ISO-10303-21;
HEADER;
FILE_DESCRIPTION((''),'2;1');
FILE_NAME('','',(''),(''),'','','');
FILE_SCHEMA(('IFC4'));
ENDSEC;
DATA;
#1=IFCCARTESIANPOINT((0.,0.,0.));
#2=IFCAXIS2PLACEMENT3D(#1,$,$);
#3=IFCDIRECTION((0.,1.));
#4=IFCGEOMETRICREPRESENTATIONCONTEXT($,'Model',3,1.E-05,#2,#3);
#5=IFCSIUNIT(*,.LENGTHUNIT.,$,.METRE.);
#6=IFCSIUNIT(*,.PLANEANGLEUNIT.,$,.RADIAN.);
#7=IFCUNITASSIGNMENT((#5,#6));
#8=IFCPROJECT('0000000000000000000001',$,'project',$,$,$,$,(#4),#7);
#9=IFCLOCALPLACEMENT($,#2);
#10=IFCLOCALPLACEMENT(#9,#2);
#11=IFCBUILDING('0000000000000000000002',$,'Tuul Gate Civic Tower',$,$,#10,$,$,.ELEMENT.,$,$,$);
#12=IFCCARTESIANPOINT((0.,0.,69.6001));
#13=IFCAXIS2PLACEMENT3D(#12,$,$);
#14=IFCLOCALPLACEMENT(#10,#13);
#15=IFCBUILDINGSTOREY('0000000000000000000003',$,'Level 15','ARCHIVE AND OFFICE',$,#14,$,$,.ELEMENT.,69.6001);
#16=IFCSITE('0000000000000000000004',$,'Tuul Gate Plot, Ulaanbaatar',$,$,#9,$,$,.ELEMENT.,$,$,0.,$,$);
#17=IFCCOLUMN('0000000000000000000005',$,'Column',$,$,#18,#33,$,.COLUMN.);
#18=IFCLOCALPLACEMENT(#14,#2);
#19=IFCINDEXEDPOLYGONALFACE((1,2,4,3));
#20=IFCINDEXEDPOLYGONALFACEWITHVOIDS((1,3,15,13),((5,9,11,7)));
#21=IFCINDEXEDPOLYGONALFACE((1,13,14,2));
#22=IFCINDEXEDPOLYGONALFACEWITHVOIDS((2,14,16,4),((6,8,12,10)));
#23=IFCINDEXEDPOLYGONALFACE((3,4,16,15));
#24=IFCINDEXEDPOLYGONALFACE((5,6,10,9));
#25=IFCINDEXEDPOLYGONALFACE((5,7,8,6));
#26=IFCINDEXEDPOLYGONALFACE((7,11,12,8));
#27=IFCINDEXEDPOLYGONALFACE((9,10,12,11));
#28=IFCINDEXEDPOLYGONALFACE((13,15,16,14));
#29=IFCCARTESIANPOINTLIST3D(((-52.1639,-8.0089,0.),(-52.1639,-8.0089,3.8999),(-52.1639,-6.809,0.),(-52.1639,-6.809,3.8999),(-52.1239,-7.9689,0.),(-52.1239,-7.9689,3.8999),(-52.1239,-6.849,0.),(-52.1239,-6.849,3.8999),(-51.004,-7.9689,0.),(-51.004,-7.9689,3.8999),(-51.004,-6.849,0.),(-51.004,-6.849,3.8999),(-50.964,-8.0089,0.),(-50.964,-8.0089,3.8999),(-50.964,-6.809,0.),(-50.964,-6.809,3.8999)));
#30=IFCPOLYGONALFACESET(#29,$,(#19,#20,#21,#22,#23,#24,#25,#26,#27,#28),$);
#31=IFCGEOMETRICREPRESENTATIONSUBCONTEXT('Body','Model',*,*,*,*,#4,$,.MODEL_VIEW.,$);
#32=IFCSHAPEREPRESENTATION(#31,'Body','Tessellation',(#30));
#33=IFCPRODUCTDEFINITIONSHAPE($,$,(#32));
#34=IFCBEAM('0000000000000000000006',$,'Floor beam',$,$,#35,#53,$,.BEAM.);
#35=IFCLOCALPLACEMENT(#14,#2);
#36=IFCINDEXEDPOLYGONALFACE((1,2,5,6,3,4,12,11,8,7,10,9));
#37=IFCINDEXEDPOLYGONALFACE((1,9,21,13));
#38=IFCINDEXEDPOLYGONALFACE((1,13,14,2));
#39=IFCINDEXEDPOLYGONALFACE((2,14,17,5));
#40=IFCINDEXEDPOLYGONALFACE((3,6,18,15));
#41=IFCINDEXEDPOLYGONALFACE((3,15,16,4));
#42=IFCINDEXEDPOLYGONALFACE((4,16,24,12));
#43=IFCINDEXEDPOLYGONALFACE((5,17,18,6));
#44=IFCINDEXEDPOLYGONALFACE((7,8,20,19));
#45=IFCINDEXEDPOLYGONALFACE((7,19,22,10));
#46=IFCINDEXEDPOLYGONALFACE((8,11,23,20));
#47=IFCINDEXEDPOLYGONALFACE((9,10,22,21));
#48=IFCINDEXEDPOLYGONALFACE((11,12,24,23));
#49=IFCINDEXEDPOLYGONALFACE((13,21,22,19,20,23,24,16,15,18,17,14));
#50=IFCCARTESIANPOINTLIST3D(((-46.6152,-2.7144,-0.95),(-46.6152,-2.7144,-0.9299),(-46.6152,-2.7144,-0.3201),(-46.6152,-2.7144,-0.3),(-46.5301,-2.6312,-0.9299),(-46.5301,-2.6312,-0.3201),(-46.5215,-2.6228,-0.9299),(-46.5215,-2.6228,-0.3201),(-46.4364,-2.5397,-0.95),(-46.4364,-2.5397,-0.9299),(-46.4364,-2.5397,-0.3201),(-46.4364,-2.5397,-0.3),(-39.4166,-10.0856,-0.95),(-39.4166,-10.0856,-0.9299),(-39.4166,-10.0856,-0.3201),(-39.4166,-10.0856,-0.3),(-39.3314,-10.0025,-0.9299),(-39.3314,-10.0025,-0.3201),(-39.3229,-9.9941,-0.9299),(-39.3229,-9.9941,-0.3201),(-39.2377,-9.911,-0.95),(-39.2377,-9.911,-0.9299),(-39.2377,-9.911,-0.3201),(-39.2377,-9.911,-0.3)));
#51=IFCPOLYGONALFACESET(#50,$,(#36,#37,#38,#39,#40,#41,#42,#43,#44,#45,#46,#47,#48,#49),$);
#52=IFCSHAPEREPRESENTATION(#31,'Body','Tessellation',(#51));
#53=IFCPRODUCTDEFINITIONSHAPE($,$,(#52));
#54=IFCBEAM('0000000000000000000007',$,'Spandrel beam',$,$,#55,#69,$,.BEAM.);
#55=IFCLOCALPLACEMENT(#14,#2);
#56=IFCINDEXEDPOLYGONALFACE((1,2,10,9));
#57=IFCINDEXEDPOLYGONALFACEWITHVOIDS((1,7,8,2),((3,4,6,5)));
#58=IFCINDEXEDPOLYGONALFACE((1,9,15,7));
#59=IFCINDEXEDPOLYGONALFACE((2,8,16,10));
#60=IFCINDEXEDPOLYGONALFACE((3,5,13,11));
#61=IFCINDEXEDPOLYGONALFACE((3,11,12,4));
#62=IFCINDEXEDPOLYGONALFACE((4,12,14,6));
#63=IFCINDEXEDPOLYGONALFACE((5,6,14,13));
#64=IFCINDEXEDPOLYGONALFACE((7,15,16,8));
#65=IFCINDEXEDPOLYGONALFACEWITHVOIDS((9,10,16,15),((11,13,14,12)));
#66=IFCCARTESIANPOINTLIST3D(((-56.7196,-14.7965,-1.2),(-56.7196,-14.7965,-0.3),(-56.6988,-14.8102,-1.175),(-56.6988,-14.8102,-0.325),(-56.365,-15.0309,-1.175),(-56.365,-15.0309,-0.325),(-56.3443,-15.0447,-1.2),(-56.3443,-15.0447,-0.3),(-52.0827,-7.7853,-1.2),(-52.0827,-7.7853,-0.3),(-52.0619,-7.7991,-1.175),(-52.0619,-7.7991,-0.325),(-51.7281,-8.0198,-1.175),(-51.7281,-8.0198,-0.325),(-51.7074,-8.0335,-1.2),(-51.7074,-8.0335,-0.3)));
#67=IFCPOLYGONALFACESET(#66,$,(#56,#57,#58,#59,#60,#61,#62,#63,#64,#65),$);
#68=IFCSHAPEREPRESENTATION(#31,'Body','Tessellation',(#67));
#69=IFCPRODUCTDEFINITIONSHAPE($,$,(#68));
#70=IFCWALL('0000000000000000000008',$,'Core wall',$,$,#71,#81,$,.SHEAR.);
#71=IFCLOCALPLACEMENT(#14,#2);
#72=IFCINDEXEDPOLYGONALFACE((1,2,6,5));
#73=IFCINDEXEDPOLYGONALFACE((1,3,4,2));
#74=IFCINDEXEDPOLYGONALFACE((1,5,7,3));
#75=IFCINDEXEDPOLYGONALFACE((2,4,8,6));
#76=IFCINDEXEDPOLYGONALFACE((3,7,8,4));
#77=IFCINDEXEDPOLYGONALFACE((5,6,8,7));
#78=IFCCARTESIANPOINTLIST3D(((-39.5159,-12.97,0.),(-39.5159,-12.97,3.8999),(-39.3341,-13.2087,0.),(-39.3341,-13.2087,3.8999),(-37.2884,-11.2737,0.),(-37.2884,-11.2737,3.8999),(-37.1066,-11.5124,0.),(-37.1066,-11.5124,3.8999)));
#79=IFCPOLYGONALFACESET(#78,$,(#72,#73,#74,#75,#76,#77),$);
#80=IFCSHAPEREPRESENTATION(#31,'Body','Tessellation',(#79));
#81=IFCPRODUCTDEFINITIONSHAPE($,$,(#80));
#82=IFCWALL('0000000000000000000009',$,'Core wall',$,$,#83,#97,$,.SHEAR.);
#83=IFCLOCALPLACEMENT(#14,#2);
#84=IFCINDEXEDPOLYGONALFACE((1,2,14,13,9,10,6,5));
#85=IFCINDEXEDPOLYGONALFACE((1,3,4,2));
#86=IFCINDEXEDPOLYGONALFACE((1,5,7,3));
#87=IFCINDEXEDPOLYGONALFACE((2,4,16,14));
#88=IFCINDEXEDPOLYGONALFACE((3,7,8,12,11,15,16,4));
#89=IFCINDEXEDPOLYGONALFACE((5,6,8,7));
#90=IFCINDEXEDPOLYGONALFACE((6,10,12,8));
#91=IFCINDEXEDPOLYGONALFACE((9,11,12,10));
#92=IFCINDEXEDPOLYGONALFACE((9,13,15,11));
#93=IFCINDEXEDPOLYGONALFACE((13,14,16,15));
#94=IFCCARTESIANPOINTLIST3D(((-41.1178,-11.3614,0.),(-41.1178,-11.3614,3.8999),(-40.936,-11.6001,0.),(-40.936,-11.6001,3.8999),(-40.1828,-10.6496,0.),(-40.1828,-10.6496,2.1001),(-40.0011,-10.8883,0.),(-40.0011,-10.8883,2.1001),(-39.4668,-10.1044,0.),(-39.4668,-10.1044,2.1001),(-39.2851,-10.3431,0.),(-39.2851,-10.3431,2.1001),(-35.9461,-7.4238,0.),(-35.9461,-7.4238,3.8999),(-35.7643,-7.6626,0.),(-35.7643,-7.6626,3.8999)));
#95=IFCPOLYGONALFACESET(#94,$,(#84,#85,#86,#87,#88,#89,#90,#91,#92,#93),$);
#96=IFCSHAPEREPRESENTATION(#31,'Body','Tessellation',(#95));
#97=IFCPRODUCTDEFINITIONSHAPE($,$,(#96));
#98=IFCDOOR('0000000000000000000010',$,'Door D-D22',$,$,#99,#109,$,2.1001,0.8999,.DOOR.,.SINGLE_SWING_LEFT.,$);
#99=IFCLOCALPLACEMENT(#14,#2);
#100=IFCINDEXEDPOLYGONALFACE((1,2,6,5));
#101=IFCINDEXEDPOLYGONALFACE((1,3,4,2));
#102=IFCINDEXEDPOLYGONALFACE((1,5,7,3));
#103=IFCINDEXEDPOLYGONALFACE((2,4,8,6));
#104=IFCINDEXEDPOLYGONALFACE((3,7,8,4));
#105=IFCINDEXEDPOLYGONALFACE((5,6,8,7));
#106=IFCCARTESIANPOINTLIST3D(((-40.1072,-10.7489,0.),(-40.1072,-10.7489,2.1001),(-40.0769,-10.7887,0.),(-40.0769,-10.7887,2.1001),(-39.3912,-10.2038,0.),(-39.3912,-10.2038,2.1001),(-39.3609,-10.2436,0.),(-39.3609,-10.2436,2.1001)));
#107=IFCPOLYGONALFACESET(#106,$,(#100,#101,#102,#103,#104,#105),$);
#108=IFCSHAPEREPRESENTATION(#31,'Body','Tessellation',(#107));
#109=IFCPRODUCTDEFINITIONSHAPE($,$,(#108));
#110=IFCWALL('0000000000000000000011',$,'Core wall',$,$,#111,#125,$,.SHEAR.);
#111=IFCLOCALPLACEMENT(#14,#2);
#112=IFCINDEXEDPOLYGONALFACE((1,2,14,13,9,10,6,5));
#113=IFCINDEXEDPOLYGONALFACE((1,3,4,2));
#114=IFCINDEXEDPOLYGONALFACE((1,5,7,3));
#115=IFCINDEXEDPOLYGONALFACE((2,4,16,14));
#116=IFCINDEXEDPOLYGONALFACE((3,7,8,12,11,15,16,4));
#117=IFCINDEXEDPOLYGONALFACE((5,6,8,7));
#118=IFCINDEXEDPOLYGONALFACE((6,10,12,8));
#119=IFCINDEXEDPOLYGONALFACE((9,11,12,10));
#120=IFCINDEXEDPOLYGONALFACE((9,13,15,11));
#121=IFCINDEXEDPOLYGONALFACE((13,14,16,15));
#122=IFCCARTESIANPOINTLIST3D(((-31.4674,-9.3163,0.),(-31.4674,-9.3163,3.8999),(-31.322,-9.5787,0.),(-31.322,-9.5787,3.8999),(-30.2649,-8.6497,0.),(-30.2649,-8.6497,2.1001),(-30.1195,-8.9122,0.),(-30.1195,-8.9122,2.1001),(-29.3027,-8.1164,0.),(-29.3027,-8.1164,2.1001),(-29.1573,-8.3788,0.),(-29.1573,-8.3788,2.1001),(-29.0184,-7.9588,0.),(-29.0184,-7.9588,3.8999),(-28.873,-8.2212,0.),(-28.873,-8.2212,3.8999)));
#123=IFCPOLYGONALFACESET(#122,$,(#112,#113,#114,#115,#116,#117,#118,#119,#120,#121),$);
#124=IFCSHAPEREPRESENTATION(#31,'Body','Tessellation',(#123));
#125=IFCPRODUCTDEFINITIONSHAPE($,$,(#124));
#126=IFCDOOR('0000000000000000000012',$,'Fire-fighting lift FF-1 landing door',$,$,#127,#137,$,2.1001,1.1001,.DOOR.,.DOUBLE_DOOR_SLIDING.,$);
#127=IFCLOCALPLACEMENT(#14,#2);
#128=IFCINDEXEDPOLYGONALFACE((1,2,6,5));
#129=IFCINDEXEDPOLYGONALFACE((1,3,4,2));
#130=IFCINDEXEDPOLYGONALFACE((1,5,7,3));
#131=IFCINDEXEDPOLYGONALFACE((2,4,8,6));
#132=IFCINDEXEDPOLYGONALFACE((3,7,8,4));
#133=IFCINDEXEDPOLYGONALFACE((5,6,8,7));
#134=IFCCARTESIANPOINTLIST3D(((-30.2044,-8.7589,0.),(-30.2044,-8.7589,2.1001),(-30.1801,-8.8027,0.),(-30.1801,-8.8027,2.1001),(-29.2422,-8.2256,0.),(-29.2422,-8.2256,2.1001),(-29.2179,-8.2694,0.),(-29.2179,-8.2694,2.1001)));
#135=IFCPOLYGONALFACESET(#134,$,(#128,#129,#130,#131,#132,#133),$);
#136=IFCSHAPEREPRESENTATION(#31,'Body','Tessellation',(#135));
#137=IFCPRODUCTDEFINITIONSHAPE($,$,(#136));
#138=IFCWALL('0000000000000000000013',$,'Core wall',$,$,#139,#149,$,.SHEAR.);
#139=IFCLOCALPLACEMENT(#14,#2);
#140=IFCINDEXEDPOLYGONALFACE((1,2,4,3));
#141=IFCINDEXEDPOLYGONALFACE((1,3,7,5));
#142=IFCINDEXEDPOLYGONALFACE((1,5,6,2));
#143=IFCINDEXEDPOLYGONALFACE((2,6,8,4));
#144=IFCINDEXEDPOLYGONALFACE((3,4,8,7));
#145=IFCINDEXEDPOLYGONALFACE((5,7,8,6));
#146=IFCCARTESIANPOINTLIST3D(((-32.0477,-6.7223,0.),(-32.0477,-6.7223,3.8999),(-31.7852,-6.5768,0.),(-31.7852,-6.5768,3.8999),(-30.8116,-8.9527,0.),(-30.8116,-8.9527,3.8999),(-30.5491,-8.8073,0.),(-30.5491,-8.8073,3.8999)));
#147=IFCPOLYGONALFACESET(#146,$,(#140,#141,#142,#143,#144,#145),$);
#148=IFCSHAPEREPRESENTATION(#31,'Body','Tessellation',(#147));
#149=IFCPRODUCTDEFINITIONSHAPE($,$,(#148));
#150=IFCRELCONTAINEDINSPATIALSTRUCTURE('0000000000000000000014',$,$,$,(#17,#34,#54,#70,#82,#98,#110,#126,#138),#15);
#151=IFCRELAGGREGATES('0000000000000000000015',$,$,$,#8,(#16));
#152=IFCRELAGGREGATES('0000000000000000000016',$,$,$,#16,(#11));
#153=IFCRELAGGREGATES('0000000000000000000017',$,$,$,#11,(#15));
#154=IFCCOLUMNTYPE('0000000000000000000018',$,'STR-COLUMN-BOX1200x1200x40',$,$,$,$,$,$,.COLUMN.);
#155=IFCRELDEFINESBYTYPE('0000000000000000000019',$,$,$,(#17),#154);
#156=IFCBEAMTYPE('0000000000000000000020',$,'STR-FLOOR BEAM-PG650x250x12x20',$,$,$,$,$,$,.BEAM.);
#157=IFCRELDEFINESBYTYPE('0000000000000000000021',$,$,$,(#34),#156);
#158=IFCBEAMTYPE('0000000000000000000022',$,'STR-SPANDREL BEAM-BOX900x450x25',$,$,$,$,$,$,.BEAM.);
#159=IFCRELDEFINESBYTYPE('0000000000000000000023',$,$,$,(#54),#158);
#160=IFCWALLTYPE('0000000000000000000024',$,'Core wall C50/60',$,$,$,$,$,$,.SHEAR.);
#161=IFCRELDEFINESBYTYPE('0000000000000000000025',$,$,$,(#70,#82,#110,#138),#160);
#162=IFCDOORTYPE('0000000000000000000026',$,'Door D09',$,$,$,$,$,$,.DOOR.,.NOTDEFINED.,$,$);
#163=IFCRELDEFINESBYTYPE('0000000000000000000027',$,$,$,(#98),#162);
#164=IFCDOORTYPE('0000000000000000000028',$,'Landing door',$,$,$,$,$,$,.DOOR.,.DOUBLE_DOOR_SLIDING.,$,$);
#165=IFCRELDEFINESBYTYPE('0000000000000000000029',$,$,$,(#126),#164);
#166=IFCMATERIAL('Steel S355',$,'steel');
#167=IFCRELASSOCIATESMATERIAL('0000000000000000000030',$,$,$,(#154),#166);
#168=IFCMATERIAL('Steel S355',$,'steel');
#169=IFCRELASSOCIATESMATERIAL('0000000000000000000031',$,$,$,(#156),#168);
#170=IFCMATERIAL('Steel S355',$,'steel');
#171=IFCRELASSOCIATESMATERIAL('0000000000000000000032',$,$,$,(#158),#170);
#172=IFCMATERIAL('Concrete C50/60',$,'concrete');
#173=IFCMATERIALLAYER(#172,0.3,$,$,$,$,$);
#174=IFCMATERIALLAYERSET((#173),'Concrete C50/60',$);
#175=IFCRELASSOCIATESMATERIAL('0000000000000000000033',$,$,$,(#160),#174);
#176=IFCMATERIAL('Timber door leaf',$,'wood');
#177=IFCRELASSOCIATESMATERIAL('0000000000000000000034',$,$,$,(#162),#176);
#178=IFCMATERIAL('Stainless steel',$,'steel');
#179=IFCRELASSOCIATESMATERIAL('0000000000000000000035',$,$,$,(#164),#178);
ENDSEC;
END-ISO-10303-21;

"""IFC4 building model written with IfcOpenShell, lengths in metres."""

from ifc_helpers import new_model, si_unit, direction, frame, frame_2d, origin, origin_2d, place, context, subcontext, project, spatial, rectangle, hollow_rectangle, i_section, extrude, material, layer, layer_set, material_profile, profile_set, type_object, element, fill, save


model = new_model("IFC4")

# Units and contexts
model_context = context("Model", 3, precision=1e-05, world=origin(), true_north=direction((0.0, 1.0)))
body_context = subcontext(model_context, "Body", "Model", "MODEL_VIEW")
ifc_project = project(units=[si_unit("LENGTHUNIT", "METRE"), si_unit("PLANEANGLEUNIT", "RADIAN")], contexts=[model_context])

# Site, building, storey
site_placement = place(None, origin())
site = spatial("IfcSite", under=ifc_project, at=site_placement, Name="Tuul Gate Plot, Ulaanbaatar", CompositionType="ELEMENT", RefElevation=0.0)
building_placement = place(site_placement, origin())
building = spatial("IfcBuilding", under=site, at=building_placement, Name="Tuul Gate Civic Tower", CompositionType="ELEMENT")
storey_placement = place(building_placement, frame((0.0, 0.0, 69.6001)))
storey = spatial("IfcBuildingStorey", under=building, at=storey_placement, Name="Level 15", Description="ARCHIVE AND OFFICE", CompositionType="ELEMENT", Elevation=69.6001)

# Column
ifc_material_1 = material(Name="Steel S355", Category="steel")
ifc_material_profile_1 = material_profile(ifc_material_1, hollow_rectangle(XDim=1.2, YDim=1.2, WallThickness=0.04, at=origin_2d()), Name="BOX1200x1200x40")
ifc_profile_set_1 = profile_set([ifc_material_profile_1], Name="Steel S355")
column_type = type_object("IfcColumnType", Name="STR-COLUMN-BOX1200x1200x40", PredefinedType="COLUMN", material=ifc_profile_set_1)
column_placement = place(storey_placement, frame((-51.564, -7.4089, 0.0), z_axis=(0.0, 0.0, 1.0), x_axis=(1.0, 0.0, 0.0)))
element("IfcColumn", 1, at=column_placement, inside=storey, type_object=column_type, Name="Column", PredefinedType="COLUMN", context=body_context, shape_type="SweptSolid", body=[
    extrude(hollow_rectangle(XDim=1.2, YDim=1.2, WallThickness=0.04, at=origin_2d()), origin(), (0.0, 0.0, 1.0), 3.8999),
])

# Beams
ifc_material_2 = material(Name="Steel S355", Category="steel")
ifc_material_profile_2 = material_profile(ifc_material_2, i_section(OverallWidth=0.25, OverallDepth=0.6499, WebThickness=0.012, FlangeThickness=0.02, at=origin_2d()), Name="PG650x250x12x20")
ifc_profile_set_2 = profile_set([ifc_material_profile_2], Name="Steel S355")
beam_type_1 = type_object("IfcBeamType", Name="STR-FLOOR BEAM-PG650x250x12x20", PredefinedType="BEAM", material=ifc_profile_set_2)
beam_1_placement = place(storey_placement, frame((-39.3271, -9.9983, -0.625), z_axis=(-0.698681, 0.715433, 0.0), x_axis=(-0.715433, -0.698681, 0.0)))
element("IfcBeam", 2, at=beam_1_placement, inside=storey, type_object=beam_type_1, Name="Floor beam", PredefinedType="BEAM", context=body_context, shape_type="SweptSolid", body=[
    extrude(i_section(OverallWidth=0.25, OverallDepth=0.6499, WebThickness=0.012, FlangeThickness=0.02, at=origin_2d()), origin(), (0.0, 0.0, 1.0), 10.3032),
])
ifc_material_3 = material(Name="Steel S355", Category="steel")
ifc_material_profile_3 = material_profile(ifc_material_3, hollow_rectangle(XDim=0.45, YDim=0.8999, WallThickness=0.0249, at=origin_2d()), Name="BOX900x450x25")
ifc_profile_set_3 = profile_set([ifc_material_profile_3], Name="Steel S355")
beam_type_2 = type_object("IfcBeamType", Name="STR-SPANDREL BEAM-BOX900x450x25", PredefinedType="BEAM", material=ifc_profile_set_3)
beam_2_placement = place(storey_placement, frame((-51.895, -7.9094, -0.75), z_axis=(-0.551633, -0.834087, 0.0), x_axis=(0.834087, -0.551633, 0.0)))
element("IfcBeam", 3, at=beam_2_placement, inside=storey, type_object=beam_type_2, Name="Spandrel beam", PredefinedType="BEAM", context=body_context, shape_type="SweptSolid", body=[
    extrude(hollow_rectangle(XDim=0.45, YDim=0.8999, WallThickness=0.0249, at=origin_2d()), origin(), (0.0, 0.0, 1.0), 8.4058),
])

# Wall
ifc_material_4 = material(Name="Concrete C50/60", Category="concrete")
ifc_layer_1 = layer(ifc_material_4, 0.3)
ifc_layer_set_1 = layer_set([ifc_layer_1], Name="Concrete C50/60")
wall_type_1 = type_object("IfcWallType", Name="Core wall C50/60", PredefinedType="SHEAR", material=ifc_layer_set_1)
wall_1_placement = place(storey_placement, frame((-37.1975, -11.3931, 0.0), z_axis=(0.0, 0.0, 1.0), x_axis=(-0.795584, -0.605844, 0.0)))
element("IfcWall", 4, at=wall_1_placement, inside=storey, type_object=wall_type_1, Name="Core wall", PredefinedType="SHEAR", context=body_context, shape_type="SweptSolid", body=[
    extrude(rectangle(XDim=2.7998, YDim=0.3, at=frame_2d((1.3999, 0.0))), origin(), (0.0, 0.0, 1.0), 3.8999),
])

# Walls, openings, doors
wall_2_placement = place(storey_placement, frame((-35.8552, -7.5432, 0.0), z_axis=(0.0, 0.0, 1.0), x_axis=(-0.795639, -0.605772, 0.0)))
wall_2 = element("IfcWall", 5, at=wall_2_placement, inside=storey, type_object=wall_type_1, Name="Core wall", PredefinedType="SHEAR", context=body_context, shape_type="SweptSolid", body=[
    extrude(rectangle(XDim=6.5, YDim=0.3, at=frame_2d((3.25, 0.0))), origin(), (0.0, 0.0, 1.0), 3.8999),
])
opening_1_placement = place(wall_2_placement, frame((4.425, 0.0, 0.0)))
opening_1 = element("IfcOpeningElement", 6, at=opening_1_placement, cuts=wall_2, PredefinedType="OPENING", context=body_context, shape_type="SweptSolid", body=[
    extrude(rectangle(XDim=0.8999, YDim=2.1001, at=frame_2d((0.45, 1.05))), frame((0.0, 0.1602, 0.0), z_axis=(0.0, -1.0, 0.0), x_axis=(1.0, 0.0, 0.0)), (0.0, 0.0, 1.0), 0.3201),
])
ifc_material_5 = material(Name="Timber door leaf", Category="wood")
door_type_1 = type_object("IfcDoorType", Name="Door D09", OperationType="NOTDEFINED", PredefinedType="DOOR", material=ifc_material_5)
door_1_placement = place(opening_1_placement, origin())
door_1 = element("IfcDoor", 7, at=door_1_placement, inside=storey, type_object=door_type_1, Name="Door D-D22", OperationType="SINGLE_SWING_LEFT", OverallHeight=2.1001, OverallWidth=0.8999, PredefinedType="DOOR", context=body_context, shape_type="SweptSolid", body=[
    extrude(rectangle(XDim=0.8999, YDim=2.1001, at=frame_2d((0.45, 1.05))), frame((0.0, 0.0249, 0.0), z_axis=(0.0, -1.0, 0.0), x_axis=(1.0, 0.0, 0.0)), (0.0, 0.0, 1.0), 0.05),
])
fill(opening_1, door_1)
wall_3_placement = place(storey_placement, frame((-28.9458, -8.0901, 0.0), z_axis=(0.0, 0.0, 1.0), x_axis=(-0.87463, -0.484791, 0.0)))
wall_3 = element("IfcWall", 8, at=wall_3_placement, inside=storey, type_object=wall_type_1, Name="Core wall", PredefinedType="SHEAR", context=body_context, shape_type="SweptSolid", body=[
    extrude(rectangle(XDim=2.8, YDim=0.3, at=frame_2d((1.3999, 0.0))), origin(), (0.0, 0.0, 1.0), 3.8999),
])
opening_2_placement = place(wall_3_placement, frame((0.325, 0.0, 0.0)))
opening_2 = element("IfcOpeningElement", 9, at=opening_2_placement, cuts=wall_3, PredefinedType="OPENING", context=body_context, shape_type="SweptSolid", body=[
    extrude(rectangle(XDim=1.1001, YDim=2.1001, at=frame_2d((0.55, 1.05))), frame((0.0, 0.1602, 0.0), z_axis=(0.0, -1.0, 0.0), x_axis=(1.0, 0.0, 0.0)), (0.0, 0.0, 1.0), 0.3201),
])
ifc_material_6 = material(Name="Stainless steel", Category="steel")
door_type_2 = type_object("IfcDoorType", Name="Landing door", OperationType="DOUBLE_DOOR_SLIDING", PredefinedType="DOOR", material=ifc_material_6)
door_2_placement = place(opening_2_placement, origin())
door_2 = element("IfcDoor", 10, at=door_2_placement, inside=storey, type_object=door_type_2, Name="Fire-fighting lift FF-1 landing door", OperationType="DOUBLE_DOOR_SLIDING", OverallHeight=2.1001, OverallWidth=1.1001, PredefinedType="DOOR", context=body_context, shape_type="SweptSolid", body=[
    extrude(rectangle(XDim=1.1001, YDim=2.1001, at=frame_2d((0.55, 1.05))), frame((0.0, 0.0249, 0.0), z_axis=(0.0, -1.0, 0.0), x_axis=(1.0, 0.0, 0.0)), (0.0, 0.0, 1.0), 0.05),
])
fill(opening_2, door_2)

# Wall
wall_4_placement = place(storey_placement, frame((-30.6804, -8.8799, 0.0), z_axis=(0.0, 0.0, 1.0), x_axis=(-0.484724, 0.874667, 0.0)))
element("IfcWall", 11, at=wall_4_placement, inside=storey, type_object=wall_type_1, Name="Core wall", PredefinedType="SHEAR", context=body_context, shape_type="SweptSolid", body=[
    extrude(rectangle(XDim=2.55, YDim=0.3, at=frame_2d((1.2749, 0.0))), origin(), (0.0, 0.0, 1.0), 3.8999),
])

save(model, "model.ifc")
